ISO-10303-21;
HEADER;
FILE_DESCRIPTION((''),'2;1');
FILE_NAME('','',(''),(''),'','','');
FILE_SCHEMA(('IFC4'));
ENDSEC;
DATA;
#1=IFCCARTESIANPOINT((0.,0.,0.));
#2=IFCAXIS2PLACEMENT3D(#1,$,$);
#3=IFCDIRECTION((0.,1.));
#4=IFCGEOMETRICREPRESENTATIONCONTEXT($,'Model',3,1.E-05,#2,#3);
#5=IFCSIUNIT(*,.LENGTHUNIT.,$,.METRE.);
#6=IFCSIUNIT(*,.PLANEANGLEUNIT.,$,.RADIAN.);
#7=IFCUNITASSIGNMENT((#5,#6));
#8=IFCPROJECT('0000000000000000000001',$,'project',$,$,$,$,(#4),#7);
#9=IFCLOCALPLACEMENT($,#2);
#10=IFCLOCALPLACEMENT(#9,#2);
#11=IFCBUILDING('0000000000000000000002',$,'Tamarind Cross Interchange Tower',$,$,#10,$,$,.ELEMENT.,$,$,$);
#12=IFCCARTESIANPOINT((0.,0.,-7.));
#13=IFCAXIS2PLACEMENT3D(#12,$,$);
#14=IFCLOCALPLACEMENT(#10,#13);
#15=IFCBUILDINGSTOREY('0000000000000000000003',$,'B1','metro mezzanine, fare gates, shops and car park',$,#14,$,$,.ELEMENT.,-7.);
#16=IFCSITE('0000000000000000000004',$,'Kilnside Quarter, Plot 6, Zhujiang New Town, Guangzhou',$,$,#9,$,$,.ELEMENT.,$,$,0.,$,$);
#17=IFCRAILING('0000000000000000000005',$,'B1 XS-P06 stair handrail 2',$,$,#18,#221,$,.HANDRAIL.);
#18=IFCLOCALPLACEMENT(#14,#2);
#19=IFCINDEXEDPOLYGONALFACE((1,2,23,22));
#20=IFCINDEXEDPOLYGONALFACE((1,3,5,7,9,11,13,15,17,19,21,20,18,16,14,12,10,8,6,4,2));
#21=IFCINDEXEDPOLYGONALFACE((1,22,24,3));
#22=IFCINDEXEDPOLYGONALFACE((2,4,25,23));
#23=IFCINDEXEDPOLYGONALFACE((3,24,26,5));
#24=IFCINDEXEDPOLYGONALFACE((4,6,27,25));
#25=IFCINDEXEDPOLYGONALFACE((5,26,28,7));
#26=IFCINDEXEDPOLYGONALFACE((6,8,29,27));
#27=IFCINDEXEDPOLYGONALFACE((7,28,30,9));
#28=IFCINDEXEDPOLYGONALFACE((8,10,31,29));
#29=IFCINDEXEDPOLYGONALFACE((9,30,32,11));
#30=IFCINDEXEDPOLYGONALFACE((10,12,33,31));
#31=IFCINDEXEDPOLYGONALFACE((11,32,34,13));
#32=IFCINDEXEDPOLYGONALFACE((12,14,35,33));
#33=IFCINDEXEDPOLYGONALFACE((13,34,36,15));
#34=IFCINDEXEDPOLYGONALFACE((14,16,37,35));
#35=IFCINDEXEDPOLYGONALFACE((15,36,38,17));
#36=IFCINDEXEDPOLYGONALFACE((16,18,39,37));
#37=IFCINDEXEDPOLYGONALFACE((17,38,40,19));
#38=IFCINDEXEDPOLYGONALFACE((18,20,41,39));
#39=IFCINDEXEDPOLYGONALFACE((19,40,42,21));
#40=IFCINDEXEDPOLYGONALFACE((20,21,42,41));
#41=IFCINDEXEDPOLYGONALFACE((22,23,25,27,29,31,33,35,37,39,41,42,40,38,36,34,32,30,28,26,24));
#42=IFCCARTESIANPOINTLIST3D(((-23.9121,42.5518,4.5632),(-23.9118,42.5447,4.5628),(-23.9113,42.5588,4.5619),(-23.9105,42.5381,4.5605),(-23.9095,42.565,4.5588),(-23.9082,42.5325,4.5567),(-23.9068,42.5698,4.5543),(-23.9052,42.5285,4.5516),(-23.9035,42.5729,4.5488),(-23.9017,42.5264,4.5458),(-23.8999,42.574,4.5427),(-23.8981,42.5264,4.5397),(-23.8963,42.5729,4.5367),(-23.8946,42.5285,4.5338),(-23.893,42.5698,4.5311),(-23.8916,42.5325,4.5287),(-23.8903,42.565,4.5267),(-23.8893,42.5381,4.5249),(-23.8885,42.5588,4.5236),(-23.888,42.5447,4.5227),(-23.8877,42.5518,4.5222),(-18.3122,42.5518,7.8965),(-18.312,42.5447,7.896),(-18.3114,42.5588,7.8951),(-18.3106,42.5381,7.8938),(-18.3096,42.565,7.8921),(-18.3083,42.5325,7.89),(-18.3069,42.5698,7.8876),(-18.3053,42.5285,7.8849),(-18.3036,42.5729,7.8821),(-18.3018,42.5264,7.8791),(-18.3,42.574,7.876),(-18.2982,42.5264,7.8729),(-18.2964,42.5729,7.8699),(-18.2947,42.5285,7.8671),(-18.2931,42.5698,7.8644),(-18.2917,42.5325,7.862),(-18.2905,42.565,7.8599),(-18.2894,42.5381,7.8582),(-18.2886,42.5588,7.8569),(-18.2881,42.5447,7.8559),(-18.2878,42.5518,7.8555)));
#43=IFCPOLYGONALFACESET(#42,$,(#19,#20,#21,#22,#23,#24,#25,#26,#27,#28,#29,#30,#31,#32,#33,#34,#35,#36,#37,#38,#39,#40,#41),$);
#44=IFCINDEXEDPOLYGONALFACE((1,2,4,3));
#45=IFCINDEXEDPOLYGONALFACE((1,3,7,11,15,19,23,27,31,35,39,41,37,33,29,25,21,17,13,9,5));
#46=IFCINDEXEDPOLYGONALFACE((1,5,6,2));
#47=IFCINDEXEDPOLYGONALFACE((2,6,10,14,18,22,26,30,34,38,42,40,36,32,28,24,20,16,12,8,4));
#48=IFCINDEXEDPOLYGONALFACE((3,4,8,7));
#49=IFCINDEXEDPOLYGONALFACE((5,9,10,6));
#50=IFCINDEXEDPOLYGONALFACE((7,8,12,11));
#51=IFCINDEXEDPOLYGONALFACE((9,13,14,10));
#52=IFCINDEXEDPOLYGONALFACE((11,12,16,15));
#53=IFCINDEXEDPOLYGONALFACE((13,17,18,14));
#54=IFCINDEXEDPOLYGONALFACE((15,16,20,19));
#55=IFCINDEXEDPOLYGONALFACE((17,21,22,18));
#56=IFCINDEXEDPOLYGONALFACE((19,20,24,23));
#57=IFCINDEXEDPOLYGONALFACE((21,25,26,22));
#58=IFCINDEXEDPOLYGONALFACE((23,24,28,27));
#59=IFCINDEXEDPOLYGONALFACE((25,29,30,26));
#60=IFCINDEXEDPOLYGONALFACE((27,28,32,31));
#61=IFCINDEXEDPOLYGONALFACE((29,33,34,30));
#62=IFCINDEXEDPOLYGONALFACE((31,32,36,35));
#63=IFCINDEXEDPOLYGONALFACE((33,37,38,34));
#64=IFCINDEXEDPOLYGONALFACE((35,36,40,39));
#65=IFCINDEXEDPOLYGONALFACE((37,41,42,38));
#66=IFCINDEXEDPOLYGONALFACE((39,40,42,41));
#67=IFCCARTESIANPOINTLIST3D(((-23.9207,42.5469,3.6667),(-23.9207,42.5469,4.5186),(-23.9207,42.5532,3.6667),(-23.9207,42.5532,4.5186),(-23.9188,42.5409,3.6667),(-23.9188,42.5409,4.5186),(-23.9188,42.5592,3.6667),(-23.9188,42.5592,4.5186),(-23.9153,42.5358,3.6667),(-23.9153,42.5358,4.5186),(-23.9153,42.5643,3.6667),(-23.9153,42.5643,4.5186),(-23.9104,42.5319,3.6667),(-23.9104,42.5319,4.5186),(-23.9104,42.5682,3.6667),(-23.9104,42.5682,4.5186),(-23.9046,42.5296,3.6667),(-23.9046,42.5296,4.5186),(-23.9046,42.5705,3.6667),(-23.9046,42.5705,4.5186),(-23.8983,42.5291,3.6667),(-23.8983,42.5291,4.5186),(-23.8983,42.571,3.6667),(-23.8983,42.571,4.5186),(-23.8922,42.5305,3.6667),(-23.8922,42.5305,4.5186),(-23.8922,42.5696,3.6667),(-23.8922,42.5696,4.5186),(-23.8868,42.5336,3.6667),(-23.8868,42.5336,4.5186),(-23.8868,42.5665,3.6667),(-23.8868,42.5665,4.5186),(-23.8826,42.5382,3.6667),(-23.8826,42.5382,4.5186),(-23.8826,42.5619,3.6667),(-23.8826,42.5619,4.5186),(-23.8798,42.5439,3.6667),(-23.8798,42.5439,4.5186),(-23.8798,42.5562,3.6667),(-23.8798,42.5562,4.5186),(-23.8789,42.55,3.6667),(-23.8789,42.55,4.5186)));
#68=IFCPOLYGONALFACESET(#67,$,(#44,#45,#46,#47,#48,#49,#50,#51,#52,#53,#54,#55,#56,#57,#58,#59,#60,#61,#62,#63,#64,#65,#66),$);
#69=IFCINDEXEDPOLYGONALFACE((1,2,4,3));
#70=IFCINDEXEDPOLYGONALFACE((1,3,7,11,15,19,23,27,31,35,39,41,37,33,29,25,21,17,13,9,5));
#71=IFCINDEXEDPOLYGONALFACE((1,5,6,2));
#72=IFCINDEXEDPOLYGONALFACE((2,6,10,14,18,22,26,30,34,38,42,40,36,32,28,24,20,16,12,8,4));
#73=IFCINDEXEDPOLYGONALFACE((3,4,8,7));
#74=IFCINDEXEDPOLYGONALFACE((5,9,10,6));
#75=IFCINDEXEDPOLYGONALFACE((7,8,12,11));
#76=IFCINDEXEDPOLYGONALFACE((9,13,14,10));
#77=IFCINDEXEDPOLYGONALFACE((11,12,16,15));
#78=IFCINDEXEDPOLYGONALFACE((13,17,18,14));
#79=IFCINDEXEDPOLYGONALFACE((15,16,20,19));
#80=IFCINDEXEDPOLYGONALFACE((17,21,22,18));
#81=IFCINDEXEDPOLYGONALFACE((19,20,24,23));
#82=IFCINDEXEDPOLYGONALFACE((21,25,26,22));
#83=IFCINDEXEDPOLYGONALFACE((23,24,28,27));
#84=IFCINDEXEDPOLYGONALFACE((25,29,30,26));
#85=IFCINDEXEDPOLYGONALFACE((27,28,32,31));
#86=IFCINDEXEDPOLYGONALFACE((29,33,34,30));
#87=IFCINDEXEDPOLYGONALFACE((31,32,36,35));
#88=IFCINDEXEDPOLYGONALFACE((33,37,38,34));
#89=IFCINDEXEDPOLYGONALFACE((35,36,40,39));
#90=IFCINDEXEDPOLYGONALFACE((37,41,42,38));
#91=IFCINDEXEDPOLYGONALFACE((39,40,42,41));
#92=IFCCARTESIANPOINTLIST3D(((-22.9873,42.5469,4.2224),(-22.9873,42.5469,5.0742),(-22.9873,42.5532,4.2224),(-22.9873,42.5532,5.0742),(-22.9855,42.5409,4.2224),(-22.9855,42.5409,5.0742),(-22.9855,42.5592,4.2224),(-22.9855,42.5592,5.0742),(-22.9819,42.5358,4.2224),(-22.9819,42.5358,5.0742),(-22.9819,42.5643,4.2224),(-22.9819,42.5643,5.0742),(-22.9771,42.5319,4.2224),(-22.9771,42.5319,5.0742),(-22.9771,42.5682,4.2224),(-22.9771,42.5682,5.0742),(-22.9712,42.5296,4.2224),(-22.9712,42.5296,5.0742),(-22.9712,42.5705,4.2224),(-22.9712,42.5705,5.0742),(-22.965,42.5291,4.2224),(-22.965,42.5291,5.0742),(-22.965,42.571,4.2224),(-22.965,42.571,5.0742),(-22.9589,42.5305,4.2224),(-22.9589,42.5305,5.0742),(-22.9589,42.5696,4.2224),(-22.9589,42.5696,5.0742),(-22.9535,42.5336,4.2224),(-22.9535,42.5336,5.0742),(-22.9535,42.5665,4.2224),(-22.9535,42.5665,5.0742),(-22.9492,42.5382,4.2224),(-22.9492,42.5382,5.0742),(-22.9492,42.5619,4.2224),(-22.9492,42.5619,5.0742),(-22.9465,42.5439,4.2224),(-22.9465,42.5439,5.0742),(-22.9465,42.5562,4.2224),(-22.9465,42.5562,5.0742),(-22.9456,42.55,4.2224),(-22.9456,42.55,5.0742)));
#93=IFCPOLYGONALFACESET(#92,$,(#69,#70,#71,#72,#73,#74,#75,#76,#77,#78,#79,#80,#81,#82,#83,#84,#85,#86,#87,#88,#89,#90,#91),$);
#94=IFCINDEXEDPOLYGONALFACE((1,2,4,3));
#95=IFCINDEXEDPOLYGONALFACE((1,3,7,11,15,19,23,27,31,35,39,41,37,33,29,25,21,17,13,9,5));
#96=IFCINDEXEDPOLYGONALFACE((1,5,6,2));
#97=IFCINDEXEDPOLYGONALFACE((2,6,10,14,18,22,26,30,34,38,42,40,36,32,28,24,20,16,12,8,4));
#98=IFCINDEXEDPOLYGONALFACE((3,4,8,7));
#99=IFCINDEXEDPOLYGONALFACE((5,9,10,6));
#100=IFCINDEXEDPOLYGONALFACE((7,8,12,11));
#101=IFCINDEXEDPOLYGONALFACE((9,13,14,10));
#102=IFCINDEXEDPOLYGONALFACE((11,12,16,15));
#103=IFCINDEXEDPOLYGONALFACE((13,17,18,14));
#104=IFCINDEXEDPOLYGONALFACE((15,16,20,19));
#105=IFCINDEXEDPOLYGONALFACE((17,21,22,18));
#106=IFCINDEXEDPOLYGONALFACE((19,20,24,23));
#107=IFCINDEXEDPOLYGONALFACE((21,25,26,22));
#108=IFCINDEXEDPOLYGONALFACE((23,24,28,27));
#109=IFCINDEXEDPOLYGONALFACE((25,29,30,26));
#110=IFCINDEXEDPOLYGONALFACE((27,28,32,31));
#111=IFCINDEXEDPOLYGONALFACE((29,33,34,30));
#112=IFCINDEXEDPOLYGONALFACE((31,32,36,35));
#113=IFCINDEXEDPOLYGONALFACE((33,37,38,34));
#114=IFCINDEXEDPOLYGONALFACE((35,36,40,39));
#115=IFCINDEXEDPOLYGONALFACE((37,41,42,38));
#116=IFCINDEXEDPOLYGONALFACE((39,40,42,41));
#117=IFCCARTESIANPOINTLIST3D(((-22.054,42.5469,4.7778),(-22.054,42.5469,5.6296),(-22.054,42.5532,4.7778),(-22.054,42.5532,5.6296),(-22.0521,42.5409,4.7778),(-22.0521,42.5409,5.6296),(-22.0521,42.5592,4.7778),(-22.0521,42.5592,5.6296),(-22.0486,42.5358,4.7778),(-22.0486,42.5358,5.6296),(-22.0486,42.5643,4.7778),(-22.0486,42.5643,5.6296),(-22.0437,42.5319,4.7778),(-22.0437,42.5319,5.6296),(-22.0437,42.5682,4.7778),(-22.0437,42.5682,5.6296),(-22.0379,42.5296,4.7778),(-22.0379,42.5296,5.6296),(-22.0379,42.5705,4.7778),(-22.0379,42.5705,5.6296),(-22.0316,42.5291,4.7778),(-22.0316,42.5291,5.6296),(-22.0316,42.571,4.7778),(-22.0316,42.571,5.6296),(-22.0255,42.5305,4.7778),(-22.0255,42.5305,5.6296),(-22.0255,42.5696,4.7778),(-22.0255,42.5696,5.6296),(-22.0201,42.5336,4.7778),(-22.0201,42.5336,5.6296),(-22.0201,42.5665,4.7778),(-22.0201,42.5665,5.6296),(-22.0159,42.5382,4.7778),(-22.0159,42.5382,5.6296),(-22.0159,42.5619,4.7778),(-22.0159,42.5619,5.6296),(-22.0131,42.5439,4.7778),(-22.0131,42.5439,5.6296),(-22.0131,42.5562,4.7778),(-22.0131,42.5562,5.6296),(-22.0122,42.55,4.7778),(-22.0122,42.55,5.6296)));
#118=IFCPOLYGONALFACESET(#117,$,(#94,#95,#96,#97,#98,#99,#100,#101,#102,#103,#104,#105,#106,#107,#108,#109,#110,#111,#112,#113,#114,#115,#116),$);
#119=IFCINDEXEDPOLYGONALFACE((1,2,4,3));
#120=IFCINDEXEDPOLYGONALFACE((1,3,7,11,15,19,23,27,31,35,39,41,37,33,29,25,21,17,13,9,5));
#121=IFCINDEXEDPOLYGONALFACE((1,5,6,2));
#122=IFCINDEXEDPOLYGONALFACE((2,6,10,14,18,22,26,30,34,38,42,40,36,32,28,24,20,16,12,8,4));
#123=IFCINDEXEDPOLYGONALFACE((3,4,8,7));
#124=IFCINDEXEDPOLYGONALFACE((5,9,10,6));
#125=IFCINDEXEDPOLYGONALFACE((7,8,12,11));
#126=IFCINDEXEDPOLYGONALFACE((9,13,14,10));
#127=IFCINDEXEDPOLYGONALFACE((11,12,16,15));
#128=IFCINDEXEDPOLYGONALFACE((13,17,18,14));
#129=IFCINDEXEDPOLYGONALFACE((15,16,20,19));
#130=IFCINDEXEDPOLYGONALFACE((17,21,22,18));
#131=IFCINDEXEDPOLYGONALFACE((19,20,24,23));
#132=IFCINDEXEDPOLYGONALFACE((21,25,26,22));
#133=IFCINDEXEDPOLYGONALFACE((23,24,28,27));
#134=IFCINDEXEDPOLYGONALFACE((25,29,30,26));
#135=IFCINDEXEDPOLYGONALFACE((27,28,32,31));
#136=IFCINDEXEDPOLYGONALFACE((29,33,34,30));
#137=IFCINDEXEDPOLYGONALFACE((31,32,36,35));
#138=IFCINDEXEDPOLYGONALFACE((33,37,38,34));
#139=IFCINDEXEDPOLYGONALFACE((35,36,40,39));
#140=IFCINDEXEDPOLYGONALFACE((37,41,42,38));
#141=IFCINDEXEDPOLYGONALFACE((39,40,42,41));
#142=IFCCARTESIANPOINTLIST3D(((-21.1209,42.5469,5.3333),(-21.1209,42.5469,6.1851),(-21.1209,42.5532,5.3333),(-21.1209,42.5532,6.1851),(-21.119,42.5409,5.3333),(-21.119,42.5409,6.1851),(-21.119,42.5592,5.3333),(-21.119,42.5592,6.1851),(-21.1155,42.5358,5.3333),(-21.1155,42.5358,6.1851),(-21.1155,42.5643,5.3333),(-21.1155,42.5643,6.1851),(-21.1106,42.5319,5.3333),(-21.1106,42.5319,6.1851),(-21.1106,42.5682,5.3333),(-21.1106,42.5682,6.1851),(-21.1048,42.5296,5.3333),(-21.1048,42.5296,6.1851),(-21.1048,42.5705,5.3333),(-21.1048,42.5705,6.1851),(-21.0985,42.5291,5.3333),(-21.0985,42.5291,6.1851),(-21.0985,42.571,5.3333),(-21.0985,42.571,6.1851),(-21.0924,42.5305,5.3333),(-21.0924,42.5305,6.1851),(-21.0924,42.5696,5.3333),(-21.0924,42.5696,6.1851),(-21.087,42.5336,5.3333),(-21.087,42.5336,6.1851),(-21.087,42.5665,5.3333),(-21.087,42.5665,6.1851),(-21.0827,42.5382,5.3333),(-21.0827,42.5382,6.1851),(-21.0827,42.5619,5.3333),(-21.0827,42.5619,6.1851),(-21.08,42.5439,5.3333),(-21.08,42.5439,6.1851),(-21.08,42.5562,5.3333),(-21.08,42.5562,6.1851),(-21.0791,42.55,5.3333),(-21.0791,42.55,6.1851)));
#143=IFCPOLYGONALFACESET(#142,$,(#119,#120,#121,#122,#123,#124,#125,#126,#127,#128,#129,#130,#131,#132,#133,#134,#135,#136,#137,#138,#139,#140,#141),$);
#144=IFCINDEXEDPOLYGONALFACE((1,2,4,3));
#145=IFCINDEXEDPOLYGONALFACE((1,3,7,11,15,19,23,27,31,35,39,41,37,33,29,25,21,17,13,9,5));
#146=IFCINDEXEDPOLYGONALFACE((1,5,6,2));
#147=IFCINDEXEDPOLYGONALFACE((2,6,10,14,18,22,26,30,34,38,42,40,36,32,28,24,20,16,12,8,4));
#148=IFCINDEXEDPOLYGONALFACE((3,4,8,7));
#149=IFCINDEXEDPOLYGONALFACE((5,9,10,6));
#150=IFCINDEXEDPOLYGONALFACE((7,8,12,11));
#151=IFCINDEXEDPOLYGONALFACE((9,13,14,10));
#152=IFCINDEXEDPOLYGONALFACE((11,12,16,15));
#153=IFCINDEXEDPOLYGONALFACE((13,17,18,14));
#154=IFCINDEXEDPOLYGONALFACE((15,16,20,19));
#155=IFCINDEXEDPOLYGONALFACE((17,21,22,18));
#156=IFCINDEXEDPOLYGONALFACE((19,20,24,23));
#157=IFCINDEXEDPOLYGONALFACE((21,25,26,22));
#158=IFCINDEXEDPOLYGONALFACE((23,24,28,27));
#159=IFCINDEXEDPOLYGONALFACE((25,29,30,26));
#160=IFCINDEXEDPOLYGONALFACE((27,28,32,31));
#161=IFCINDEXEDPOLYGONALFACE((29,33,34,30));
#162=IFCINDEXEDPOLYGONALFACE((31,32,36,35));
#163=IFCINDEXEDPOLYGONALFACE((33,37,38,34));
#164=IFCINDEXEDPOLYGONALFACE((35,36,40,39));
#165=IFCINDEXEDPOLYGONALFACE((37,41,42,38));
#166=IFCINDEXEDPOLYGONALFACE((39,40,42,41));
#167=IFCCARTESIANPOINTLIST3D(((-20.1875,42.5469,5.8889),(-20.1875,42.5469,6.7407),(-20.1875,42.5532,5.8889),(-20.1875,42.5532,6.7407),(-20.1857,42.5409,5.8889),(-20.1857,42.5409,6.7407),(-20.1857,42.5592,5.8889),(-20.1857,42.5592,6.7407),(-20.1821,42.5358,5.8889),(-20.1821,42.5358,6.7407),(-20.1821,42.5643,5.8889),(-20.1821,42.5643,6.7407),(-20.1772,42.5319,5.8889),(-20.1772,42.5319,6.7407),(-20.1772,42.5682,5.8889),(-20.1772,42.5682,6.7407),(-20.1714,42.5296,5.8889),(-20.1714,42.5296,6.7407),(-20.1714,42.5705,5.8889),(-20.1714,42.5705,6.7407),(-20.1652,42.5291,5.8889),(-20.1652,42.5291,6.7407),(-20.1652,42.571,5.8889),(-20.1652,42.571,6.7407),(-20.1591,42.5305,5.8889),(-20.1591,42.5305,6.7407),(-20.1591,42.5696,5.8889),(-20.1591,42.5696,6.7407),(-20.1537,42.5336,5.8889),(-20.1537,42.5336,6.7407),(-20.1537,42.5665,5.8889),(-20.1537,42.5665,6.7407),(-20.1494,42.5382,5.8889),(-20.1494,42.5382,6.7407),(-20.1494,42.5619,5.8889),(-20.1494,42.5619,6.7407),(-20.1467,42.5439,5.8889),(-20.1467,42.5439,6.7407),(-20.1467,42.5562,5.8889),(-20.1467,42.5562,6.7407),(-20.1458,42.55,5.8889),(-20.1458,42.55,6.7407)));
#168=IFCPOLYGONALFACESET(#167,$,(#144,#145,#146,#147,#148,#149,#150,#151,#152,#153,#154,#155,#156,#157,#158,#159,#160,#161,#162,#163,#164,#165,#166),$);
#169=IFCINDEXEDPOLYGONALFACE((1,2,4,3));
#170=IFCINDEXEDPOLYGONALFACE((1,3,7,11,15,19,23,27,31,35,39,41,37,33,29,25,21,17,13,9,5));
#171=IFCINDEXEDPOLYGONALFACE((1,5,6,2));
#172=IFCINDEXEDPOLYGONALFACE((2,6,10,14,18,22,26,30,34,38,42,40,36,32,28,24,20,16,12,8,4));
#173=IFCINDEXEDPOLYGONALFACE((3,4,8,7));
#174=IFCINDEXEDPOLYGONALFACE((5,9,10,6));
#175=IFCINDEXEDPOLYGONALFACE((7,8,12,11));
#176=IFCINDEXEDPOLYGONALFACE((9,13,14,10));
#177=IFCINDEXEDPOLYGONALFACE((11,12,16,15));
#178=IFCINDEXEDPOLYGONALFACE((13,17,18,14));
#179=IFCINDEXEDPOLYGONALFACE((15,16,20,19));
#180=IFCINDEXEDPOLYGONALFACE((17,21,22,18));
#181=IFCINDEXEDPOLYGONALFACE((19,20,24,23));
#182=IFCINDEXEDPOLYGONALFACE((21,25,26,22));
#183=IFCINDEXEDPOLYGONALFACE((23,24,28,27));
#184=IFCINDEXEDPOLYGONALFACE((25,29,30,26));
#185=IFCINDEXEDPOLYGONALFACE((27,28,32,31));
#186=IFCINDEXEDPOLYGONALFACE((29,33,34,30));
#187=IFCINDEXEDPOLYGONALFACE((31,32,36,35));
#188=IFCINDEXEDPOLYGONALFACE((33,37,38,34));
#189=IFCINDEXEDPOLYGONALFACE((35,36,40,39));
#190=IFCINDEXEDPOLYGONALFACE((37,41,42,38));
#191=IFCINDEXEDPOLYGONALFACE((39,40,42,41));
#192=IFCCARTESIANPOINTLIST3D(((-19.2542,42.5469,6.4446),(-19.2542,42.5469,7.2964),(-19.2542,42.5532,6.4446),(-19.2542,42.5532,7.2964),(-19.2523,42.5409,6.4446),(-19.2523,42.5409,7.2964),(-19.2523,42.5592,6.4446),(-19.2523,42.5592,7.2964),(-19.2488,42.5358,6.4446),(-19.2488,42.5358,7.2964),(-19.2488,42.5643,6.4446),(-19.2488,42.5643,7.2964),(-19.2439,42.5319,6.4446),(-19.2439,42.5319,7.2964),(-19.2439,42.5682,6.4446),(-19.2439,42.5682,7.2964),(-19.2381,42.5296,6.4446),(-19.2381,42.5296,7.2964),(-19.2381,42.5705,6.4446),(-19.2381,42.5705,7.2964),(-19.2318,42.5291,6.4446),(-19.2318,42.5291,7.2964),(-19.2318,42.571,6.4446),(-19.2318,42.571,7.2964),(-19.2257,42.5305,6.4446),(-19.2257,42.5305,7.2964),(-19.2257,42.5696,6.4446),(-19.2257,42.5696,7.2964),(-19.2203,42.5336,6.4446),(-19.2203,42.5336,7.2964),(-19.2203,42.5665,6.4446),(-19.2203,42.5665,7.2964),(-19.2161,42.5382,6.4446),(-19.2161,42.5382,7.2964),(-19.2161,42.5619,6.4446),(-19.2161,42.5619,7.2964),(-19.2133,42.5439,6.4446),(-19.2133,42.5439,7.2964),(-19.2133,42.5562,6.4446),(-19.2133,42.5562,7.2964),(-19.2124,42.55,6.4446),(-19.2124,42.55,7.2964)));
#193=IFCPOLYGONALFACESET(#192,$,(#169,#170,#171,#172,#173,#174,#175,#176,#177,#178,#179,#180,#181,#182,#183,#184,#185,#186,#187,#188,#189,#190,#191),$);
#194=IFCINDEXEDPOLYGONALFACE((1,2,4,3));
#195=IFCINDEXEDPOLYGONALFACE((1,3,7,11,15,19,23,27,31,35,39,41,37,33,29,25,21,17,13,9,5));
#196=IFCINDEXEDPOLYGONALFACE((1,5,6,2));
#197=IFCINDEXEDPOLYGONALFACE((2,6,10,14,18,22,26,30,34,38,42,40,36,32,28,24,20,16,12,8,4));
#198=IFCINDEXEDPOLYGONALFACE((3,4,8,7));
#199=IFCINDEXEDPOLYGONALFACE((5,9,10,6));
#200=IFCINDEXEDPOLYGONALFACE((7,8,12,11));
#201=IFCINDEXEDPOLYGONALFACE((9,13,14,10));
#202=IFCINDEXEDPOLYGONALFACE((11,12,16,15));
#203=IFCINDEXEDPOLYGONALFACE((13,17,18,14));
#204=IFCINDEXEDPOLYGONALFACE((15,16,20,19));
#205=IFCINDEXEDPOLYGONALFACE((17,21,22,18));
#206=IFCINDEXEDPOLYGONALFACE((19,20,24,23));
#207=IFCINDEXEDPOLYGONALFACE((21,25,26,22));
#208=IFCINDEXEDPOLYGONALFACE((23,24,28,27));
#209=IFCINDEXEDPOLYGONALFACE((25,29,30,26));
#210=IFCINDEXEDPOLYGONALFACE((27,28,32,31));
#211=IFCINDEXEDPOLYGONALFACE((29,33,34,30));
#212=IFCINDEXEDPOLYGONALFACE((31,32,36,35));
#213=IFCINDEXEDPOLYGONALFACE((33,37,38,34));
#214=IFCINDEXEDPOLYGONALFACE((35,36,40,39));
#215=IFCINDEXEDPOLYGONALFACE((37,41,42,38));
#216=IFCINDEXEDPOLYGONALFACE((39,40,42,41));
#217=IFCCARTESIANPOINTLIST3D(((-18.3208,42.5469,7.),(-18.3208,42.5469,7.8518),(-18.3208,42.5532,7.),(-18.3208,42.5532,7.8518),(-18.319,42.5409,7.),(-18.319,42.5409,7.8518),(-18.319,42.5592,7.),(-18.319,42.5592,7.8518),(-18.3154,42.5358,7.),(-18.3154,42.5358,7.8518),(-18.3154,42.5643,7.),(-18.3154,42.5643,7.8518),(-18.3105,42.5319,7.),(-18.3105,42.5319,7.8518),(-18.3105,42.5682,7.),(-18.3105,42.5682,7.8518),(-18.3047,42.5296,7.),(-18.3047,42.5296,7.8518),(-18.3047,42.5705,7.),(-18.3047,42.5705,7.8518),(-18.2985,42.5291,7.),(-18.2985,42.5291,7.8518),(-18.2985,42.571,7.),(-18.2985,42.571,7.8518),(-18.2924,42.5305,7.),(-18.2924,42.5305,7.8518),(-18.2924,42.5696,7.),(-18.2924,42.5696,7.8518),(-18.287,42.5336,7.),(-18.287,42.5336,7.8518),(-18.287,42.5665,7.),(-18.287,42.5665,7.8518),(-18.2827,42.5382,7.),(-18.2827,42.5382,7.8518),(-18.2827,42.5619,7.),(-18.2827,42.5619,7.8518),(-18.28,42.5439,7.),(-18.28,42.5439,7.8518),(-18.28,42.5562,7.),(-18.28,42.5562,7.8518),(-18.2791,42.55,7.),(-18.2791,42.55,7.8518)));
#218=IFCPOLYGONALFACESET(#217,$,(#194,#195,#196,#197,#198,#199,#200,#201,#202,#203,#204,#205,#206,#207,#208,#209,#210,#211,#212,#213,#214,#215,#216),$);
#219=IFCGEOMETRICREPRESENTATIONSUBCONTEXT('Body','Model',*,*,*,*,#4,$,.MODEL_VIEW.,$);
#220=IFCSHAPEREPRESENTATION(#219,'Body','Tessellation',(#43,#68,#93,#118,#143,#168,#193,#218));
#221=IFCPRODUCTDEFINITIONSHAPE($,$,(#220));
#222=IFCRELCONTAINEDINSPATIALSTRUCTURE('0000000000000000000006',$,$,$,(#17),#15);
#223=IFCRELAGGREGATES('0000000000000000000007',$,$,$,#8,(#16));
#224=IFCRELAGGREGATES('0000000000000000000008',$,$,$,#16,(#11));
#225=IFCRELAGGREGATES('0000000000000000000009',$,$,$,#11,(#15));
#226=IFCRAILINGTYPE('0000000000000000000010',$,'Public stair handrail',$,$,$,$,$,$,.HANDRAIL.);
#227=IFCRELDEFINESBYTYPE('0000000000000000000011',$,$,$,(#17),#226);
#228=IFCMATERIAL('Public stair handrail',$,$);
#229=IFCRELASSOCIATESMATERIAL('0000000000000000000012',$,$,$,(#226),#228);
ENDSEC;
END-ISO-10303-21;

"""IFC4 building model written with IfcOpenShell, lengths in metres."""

from ifc_helpers import new_model, si_unit, direction, frame, origin, origin_2d, place, context, subcontext, project, spatial, circle, extrude, material, type_object, element, save


model = new_model("IFC4")

# Units and contexts
model_context = context("Model", 3, precision=1e-05, world=origin(), true_north=direction((0.0, 1.0)))
body_context = subcontext(model_context, "Body", "Model", "MODEL_VIEW")
ifc_project = project(units=[si_unit("LENGTHUNIT", "METRE"), si_unit("PLANEANGLEUNIT", "RADIAN")], contexts=[model_context])

# Site, building, storey
site_placement = place(None, origin())
site = spatial("IfcSite", under=ifc_project, at=site_placement, Name="Kilnside Quarter, Plot 6, Zhujiang New Town, Guangzhou", CompositionType="ELEMENT", RefElevation=0.0)
building_placement = place(site_placement, origin())
building = spatial("IfcBuilding", under=site, at=building_placement, Name="Tamarind Cross Interchange Tower", CompositionType="ELEMENT")
storey_placement = place(building_placement, frame((0.0, 0.0, -7.0)))
storey = spatial("IfcBuildingStorey", under=building, at=storey_placement, Name="B1", Description="metro mezzanine, fare gates, shops and car park", CompositionType="ELEMENT", Elevation=-7.0)

# Railing
ifc_material_1 = material(Name="Public stair handrail")
railing_type_1 = type_object("IfcRailingType", Name="Public stair handrail", PredefinedType="HANDRAIL", material=ifc_material_1)
railing_1_placement = place(storey_placement, frame((-23.8999, 42.55, 3.6667)))
element("IfcRailing", 1, at=railing_1_placement, inside=storey, type_object=railing_type_1, Name="B1 XS-P06 stair handrail 2", PredefinedType="HANDRAIL", context=body_context, shape_type="SweptSolid", body=[
    extrude(circle(Radius=0.0239, at=origin_2d()), frame((0.0, 0.0, 0.876), z_axis=(0.859292, 0.0, 0.511485), x_axis=(0.0, 1.0, 0.0)), (0.0, 0.0, 1.0), 6.5168),
    extrude(circle(Radius=0.021, at=origin_2d()), origin(), (0.0, 0.0, 1.0), 0.8518),
    extrude(circle(Radius=0.021, at=origin_2d()), frame((0.9333, 0.0, 0.5557)), (0.0, 0.0, 1.0), 0.8518),
    extrude(circle(Radius=0.021, at=origin_2d()), frame((1.8667, 0.0, 1.1111)), (0.0, 0.0, 1.0), 0.8518),
    extrude(circle(Radius=0.021, at=origin_2d()), frame((2.7998, 0.0, 1.6665)), (0.0, 0.0, 1.0), 0.8518),
    extrude(circle(Radius=0.021, at=origin_2d()), frame((3.7332, 0.0, 2.2222)), (0.0, 0.0, 1.0), 0.8518),
    extrude(circle(Radius=0.021, at=origin_2d()), frame((4.6665, 0.0, 2.7778)), (0.0, 0.0, 1.0), 0.8518),
    extrude(circle(Radius=0.021, at=origin_2d()), frame((5.5999, 0.0, 3.3333)), (0.0, 0.0, 1.0), 0.8518),
])

save(model, "model.ifc")
